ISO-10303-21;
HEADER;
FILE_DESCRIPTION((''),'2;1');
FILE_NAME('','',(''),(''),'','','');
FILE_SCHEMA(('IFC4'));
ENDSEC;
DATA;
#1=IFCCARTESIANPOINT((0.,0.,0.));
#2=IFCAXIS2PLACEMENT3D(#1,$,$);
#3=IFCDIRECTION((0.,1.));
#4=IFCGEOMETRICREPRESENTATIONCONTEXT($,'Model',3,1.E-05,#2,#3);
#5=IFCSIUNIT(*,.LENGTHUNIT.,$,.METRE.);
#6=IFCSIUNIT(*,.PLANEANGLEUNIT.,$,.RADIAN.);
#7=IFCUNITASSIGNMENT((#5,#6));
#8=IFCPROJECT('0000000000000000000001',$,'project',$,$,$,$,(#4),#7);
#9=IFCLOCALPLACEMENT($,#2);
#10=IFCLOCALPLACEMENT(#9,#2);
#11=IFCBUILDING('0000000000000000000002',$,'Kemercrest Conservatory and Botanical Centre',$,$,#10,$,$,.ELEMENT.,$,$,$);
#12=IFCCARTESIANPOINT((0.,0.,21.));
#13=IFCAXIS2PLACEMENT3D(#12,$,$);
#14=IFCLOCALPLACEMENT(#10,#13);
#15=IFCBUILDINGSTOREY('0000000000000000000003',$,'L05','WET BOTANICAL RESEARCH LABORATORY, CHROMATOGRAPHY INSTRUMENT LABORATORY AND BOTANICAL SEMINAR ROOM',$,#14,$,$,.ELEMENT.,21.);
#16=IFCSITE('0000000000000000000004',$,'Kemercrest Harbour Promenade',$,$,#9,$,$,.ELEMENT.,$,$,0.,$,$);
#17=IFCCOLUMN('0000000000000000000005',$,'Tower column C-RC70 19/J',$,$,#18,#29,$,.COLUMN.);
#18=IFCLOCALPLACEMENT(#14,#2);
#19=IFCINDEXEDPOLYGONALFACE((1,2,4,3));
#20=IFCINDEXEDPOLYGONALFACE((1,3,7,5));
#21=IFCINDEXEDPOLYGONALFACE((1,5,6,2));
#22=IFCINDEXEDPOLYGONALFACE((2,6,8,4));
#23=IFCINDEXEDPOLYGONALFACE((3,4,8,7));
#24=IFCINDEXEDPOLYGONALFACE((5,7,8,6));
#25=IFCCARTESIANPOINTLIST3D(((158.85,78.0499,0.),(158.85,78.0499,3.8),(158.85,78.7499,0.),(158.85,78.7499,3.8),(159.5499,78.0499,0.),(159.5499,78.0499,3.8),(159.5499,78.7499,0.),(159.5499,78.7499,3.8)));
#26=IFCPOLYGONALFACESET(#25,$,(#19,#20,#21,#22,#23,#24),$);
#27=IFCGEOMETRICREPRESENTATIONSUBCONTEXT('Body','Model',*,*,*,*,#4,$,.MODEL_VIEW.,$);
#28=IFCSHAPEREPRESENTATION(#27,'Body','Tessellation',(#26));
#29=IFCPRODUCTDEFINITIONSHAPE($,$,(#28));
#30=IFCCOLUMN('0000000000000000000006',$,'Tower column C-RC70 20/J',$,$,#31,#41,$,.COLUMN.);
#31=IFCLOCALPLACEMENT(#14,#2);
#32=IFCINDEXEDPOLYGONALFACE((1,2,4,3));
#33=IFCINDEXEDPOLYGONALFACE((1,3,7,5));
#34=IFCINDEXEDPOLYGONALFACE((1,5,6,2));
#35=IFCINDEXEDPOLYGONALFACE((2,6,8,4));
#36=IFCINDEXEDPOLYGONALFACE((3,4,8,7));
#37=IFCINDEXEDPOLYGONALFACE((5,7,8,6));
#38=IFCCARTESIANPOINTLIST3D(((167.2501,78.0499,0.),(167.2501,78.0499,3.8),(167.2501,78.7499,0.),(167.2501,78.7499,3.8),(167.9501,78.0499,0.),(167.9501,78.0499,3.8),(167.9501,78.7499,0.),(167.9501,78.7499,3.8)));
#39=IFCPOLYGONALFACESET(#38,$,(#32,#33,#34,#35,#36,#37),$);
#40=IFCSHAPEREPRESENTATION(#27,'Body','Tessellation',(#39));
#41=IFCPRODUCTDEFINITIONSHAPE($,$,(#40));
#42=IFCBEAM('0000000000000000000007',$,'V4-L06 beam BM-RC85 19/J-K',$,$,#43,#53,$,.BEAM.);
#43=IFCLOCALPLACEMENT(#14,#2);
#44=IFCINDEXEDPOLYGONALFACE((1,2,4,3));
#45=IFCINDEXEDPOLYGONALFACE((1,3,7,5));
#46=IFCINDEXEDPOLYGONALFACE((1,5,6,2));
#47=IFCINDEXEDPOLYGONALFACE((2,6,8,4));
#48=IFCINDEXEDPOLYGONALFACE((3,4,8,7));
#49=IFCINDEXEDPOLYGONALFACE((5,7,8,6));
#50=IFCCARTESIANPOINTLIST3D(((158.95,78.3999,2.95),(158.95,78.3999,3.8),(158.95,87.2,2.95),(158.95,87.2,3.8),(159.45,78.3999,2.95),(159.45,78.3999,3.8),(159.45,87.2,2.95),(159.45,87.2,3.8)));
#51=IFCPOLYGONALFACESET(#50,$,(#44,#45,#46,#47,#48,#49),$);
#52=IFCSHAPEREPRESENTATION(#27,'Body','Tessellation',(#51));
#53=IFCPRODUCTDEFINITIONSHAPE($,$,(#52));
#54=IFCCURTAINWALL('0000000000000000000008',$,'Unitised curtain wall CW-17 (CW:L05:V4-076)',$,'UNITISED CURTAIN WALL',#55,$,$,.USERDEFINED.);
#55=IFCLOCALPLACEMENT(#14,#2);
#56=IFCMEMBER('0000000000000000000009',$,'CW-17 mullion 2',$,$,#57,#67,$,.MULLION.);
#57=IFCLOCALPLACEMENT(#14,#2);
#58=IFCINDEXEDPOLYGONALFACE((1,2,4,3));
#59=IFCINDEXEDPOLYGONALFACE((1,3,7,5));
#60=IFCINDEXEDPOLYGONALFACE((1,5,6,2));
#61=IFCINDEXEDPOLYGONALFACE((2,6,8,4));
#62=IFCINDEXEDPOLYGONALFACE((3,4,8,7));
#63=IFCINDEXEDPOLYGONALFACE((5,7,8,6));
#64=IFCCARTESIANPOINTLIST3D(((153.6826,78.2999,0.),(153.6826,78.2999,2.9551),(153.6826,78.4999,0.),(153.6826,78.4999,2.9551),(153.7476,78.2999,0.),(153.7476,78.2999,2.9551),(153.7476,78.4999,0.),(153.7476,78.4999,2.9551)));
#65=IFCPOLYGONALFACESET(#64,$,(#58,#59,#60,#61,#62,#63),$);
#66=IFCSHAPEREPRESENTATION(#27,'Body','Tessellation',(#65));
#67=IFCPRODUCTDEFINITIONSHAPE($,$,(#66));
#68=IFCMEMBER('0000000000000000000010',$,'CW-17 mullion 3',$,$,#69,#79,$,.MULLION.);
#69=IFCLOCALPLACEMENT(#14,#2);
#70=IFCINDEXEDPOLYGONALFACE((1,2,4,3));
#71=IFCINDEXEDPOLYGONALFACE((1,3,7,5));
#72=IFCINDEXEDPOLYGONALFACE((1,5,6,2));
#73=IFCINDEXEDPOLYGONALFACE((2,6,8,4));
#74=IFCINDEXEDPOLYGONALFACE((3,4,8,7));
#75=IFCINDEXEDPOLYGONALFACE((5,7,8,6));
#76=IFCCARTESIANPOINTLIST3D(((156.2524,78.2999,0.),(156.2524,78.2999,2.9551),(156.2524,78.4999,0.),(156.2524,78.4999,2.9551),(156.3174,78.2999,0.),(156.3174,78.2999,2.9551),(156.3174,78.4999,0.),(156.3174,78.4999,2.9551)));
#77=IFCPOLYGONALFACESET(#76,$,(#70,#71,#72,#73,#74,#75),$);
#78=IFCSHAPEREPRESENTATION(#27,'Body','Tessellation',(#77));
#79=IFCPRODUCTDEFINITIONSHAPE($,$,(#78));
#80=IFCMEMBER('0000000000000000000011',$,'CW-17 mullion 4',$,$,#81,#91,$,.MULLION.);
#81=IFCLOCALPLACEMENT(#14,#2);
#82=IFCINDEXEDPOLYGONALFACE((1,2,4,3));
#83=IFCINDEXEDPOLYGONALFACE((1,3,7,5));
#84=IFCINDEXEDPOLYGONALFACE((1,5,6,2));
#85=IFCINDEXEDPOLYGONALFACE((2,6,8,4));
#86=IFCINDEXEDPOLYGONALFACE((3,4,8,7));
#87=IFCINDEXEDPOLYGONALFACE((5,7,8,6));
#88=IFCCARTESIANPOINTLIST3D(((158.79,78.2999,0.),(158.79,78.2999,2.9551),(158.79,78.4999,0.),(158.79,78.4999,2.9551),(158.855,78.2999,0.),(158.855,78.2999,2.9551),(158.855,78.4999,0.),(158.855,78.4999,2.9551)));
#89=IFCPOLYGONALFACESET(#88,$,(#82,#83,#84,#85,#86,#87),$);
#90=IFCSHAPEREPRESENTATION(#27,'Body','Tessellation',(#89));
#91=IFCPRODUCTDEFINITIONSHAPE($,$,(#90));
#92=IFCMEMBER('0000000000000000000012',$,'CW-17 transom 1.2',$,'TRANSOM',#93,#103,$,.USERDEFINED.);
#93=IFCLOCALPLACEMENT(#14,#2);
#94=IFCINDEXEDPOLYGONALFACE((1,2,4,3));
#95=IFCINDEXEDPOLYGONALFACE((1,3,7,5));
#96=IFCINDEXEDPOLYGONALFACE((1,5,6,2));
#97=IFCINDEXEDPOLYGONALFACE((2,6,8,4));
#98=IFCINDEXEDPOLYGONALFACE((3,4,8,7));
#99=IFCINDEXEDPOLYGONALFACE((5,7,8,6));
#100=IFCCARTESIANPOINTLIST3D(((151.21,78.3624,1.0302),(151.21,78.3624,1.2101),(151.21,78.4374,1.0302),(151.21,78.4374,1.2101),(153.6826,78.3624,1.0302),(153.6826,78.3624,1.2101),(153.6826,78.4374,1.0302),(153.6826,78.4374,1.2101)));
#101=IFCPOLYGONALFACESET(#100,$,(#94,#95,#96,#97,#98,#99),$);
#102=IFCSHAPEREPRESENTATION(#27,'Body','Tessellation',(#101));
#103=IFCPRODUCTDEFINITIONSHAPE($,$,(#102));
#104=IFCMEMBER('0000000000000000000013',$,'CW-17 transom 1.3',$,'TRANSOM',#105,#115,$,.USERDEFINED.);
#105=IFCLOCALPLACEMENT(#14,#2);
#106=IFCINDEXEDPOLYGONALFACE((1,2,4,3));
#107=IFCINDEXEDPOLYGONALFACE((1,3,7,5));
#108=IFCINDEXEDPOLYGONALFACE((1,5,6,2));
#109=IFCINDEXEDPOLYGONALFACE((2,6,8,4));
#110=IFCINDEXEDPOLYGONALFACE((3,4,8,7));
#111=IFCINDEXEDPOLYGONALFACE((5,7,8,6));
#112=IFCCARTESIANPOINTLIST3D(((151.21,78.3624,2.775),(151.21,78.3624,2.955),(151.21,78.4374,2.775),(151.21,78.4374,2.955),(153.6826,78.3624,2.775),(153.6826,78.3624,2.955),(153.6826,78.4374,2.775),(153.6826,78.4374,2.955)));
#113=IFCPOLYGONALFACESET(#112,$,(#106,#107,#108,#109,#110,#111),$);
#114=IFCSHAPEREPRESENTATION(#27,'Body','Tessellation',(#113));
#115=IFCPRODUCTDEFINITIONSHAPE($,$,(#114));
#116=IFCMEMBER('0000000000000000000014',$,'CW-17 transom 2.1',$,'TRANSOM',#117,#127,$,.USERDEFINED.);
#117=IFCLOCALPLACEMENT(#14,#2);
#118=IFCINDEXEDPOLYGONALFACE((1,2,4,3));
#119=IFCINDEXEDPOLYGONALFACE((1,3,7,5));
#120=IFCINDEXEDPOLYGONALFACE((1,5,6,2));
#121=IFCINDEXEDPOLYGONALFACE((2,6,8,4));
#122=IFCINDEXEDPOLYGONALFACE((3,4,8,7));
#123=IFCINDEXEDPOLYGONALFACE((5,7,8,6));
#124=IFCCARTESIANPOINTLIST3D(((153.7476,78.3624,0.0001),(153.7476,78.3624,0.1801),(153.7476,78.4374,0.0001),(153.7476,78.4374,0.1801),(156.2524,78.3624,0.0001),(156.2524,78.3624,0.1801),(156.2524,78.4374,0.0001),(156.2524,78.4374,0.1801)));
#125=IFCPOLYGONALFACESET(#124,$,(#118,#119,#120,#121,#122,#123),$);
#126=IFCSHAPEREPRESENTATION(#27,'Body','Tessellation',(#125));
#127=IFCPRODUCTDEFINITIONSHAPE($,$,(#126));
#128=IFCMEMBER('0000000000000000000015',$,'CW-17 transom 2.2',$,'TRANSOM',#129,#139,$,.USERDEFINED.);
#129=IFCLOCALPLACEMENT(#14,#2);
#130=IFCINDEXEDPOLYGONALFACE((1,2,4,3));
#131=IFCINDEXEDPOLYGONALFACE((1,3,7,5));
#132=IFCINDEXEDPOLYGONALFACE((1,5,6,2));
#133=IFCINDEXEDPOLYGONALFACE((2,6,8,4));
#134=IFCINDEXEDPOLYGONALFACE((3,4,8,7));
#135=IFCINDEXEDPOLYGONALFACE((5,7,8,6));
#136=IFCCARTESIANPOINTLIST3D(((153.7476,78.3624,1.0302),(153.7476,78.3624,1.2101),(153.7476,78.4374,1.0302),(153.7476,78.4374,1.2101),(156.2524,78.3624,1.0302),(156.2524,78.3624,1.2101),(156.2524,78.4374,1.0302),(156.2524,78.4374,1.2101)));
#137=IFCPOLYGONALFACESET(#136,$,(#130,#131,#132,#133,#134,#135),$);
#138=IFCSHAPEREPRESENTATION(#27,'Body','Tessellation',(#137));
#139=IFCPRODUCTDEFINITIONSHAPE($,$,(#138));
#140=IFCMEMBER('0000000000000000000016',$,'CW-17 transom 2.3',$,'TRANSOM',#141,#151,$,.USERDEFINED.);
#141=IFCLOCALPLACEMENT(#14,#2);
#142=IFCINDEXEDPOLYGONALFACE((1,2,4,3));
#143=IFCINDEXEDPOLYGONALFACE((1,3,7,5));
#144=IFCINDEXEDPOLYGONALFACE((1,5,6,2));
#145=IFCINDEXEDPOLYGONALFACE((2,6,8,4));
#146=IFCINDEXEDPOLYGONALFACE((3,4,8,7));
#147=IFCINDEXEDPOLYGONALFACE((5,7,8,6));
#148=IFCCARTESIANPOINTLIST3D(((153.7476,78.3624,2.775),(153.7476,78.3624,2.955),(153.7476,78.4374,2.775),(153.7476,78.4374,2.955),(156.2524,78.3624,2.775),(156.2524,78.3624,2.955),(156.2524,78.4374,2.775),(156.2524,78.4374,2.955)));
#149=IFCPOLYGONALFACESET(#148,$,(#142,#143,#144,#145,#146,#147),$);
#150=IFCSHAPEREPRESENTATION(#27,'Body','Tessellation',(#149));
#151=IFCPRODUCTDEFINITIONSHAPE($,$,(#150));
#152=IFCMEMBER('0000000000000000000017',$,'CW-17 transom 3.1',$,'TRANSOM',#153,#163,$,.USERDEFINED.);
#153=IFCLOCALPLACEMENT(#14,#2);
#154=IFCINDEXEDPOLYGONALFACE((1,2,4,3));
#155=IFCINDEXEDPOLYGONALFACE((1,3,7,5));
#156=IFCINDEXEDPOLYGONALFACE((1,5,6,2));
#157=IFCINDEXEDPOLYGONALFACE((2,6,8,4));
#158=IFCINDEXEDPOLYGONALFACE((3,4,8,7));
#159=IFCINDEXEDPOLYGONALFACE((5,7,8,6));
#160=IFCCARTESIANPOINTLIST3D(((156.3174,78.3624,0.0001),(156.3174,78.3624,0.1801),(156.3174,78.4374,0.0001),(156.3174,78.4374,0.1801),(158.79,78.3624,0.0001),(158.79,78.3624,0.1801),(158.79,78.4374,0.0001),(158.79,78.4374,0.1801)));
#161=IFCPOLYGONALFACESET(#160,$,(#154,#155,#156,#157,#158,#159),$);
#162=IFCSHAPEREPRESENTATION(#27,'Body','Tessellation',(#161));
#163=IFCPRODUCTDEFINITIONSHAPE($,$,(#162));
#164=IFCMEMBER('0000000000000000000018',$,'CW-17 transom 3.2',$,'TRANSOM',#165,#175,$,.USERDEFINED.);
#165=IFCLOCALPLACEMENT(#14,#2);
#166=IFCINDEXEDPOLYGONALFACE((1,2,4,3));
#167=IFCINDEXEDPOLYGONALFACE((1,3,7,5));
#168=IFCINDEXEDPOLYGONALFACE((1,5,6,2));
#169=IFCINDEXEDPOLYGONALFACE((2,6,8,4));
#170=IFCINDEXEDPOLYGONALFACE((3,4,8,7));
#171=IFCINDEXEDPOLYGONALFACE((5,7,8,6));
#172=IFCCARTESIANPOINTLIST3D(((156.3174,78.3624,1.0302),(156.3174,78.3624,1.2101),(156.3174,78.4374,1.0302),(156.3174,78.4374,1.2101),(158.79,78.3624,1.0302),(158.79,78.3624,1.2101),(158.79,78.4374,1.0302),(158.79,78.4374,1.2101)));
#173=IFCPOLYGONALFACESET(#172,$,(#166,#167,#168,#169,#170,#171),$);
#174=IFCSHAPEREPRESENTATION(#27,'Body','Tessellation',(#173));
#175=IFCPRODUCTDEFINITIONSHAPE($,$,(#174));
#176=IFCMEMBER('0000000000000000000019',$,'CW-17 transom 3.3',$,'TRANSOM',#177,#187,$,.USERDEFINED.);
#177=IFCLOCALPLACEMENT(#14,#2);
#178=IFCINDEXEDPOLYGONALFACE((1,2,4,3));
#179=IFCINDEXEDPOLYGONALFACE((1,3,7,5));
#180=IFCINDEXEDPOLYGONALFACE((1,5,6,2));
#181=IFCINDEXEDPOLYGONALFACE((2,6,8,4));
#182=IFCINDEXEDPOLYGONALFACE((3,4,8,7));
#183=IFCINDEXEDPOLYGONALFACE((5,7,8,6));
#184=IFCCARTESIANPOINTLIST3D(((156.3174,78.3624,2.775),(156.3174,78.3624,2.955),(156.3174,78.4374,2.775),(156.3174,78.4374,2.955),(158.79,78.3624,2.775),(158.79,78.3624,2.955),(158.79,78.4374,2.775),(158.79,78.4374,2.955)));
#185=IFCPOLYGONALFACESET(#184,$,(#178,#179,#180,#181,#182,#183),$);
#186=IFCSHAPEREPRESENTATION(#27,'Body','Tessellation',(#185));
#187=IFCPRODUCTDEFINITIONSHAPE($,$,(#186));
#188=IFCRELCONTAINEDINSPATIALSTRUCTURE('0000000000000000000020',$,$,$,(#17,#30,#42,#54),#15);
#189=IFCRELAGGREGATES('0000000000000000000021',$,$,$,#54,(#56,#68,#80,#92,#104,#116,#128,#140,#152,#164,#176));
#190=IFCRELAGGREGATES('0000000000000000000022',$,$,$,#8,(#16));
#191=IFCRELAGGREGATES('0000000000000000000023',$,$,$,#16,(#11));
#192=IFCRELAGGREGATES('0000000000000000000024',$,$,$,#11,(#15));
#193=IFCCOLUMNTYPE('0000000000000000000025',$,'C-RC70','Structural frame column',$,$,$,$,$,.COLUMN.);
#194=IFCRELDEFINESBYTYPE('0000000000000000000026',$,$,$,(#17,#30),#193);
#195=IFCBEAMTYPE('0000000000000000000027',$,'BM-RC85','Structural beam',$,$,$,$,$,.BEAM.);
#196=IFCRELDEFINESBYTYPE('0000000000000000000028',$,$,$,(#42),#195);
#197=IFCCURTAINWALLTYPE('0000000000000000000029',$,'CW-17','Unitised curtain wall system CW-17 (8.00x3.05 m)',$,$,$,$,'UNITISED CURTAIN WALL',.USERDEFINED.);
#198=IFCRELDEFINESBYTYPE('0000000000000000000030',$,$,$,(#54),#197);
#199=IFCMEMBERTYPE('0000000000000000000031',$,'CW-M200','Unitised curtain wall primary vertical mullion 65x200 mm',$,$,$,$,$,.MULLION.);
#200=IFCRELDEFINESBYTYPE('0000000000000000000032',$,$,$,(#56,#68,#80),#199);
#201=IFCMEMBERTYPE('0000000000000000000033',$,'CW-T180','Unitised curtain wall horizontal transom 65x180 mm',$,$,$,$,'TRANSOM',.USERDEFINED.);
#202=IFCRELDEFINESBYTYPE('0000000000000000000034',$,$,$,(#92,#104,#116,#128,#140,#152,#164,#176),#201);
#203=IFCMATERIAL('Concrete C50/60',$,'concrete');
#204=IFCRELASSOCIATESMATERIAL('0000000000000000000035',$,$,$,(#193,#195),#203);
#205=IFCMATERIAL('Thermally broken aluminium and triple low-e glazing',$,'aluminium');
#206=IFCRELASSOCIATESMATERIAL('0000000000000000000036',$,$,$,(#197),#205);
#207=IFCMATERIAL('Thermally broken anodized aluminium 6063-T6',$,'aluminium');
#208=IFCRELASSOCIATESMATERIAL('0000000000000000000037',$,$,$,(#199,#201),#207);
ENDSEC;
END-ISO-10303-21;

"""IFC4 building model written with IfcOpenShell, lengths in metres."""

from ifc_helpers import new_model, si_unit, direction, frame, origin, origin_2d, place, context, subcontext, project, spatial, rectangle, extrude, material, material_profile, profile_set, type_object, element, aggregate, save


model = new_model("IFC4")

# Units and contexts
model_context = context("Model", 3, precision=1e-05, world=origin(), true_north=direction((0.0, 1.0)))
body_context = subcontext(model_context, "Body", "Model", "MODEL_VIEW")
ifc_project = project(units=[si_unit("LENGTHUNIT", "METRE"), si_unit("PLANEANGLEUNIT", "RADIAN")], contexts=[model_context])

# Site, building, storey
site_placement = place(None, origin())
site = spatial("IfcSite", under=ifc_project, at=site_placement, Name="Kemercrest Harbour Promenade", CompositionType="ELEMENT", RefElevation=0.0)
building_placement = place(site_placement, origin())
building = spatial("IfcBuilding", under=site, at=building_placement, Name="Kemercrest Conservatory and Botanical Centre", CompositionType="ELEMENT")
storey_placement = place(building_placement, frame((0.0, 0.0, 21.0)))
storey = spatial("IfcBuildingStorey", under=building, at=storey_placement, Name="L05", Description="WET BOTANICAL RESEARCH LABORATORY, CHROMATOGRAPHY INSTRUMENT LABORATORY AND BOTANICAL SEMINAR ROOM", CompositionType="ELEMENT", Elevation=21.0)

# Columns
ifc_material_1 = material(Name="Concrete C50/60", Category="concrete")
ifc_material_profile_1 = material_profile(ifc_material_1, rectangle(XDim=0.7, YDim=0.7, at=origin_2d()), Name="RC 700x700")
ifc_profile_set_1 = profile_set([ifc_material_profile_1], Name="Concrete C50/60")
column_type = type_object("IfcColumnType", Name="C-RC70", Description="Structural frame column", PredefinedType="COLUMN", material=ifc_profile_set_1)
for number, where, z_axis, x_axis, name in (
    (1, (159.2, 78.3999, 0.0), (0.0, 0.0, 1.0), (1.0, 0.0, 0.0), "Tower column C-RC70 19/J"),
    (2, (167.6001, 78.3999, 0.0), (0.0, 0.0, 1.0), (1.0, 0.0, 0.0), "Tower column C-RC70 20/J"),
):
    element("IfcColumn", number, at=place(storey_placement, frame(where, z_axis=z_axis, x_axis=x_axis)), inside=storey, type_object=column_type, Name=name, PredefinedType="COLUMN", context=body_context, shape_type="SweptSolid", body=[
        extrude(rectangle(XDim=0.7, YDim=0.7, at=origin_2d()), origin(), (0.0, 0.0, 1.0), 3.8),
    ])

# Beam
ifc_material_profile_2 = material_profile(ifc_material_1, rectangle(XDim=0.5, YDim=0.8501, at=origin_2d()), Name="RC 500x850")
ifc_profile_set_2 = profile_set([ifc_material_profile_2], Name="Concrete C50/60")
beam_type_1 = type_object("IfcBeamType", Name="BM-RC85", Description="Structural beam", PredefinedType="BEAM", material=ifc_profile_set_2)
beam_1_placement = place(storey_placement, frame((159.2, 78.3999, 3.375), z_axis=(0.0, 1.0, 0.0), x_axis=(-1.0, 0.0, 0.0)))
element("IfcBeam", 3, at=beam_1_placement, inside=storey, type_object=beam_type_1, Name="V4-L06 beam BM-RC85 19/J-K", PredefinedType="BEAM", context=body_context, shape_type="SweptSolid", body=[
    extrude(rectangle(XDim=0.5, YDim=0.8501, at=origin_2d()), origin(), (0.0, 0.0, 1.0), 8.8),
])

# Curtain wall, members
ifc_material_2 = material(Name="Thermally broken aluminium and triple low-e glazing", Category="aluminium")
curtain_wall_type = type_object("IfcCurtainWallType", Name="CW-17", Description="Unitised curtain wall system CW-17 (8.00x3.05 m)", ElementType="UNITISED CURTAIN WALL", PredefinedType="USERDEFINED", material=ifc_material_2)
curtain_wall_placement = place(storey_placement, origin())
curtain_wall = element("IfcCurtainWall", 4, at=curtain_wall_placement, inside=storey, type_object=curtain_wall_type, Name="Unitised curtain wall CW-17 (CW:L05:V4-076)", ObjectType="UNITISED CURTAIN WALL", PredefinedType="USERDEFINED")
ifc_material_3 = material(Name="Thermally broken anodized aluminium 6063-T6", Category="aluminium")
ifc_material_profile_3 = material_profile(ifc_material_3, rectangle(XDim=0.2, YDim=0.0649, at=origin_2d()), Name="AL MULLION 65x200")
ifc_profile_set_3 = profile_set([ifc_material_profile_3], Name="Thermally broken anodized aluminium 6063-T6")
member_type_1 = type_object("IfcMemberType", Name="CW-M200", Description="Unitised curtain wall primary vertical mullion 65x200 mm", PredefinedType="MULLION", material=ifc_profile_set_3)
member_1_placement = place(storey_placement, frame((153.7151, 78.3999, 0.0), z_axis=(0.0, 0.0, 1.0), x_axis=(0.0, 1.0, 0.0)))
member_1 = element("IfcMember", 5, at=member_1_placement, type_object=member_type_1, Name="CW-17 mullion 2", PredefinedType="MULLION", context=body_context, shape_type="SweptSolid", body=[
    extrude(rectangle(XDim=0.2, YDim=0.0649, at=origin_2d()), origin(), (0.0, 0.0, 1.0), 2.9551),
])
member_2_placement = place(storey_placement, frame((156.2849, 78.3999, 0.0), z_axis=(0.0, 0.0, 1.0), x_axis=(0.0, 1.0, 0.0)))
member_2 = element("IfcMember", 6, at=member_2_placement, type_object=member_type_1, Name="CW-17 mullion 3", PredefinedType="MULLION", context=body_context, shape_type="SweptSolid", body=[
    extrude(rectangle(XDim=0.2, YDim=0.0649, at=origin_2d()), origin(), (0.0, 0.0, 1.0), 2.9551),
])
member_3_placement = place(storey_placement, frame((158.8225, 78.3999, 0.0), z_axis=(0.0, 0.0, 1.0), x_axis=(0.0, 1.0, 0.0)))
member_3 = element("IfcMember", 7, at=member_3_placement, type_object=member_type_1, Name="CW-17 mullion 4", PredefinedType="MULLION", context=body_context, shape_type="SweptSolid", body=[
    extrude(rectangle(XDim=0.2, YDim=0.0649, at=origin_2d()), origin(), (0.0, 0.0, 1.0), 2.9551),
])
ifc_material_profile_4 = material_profile(ifc_material_3, rectangle(XDim=0.075, YDim=0.1799, at=origin_2d()), Name="AL TRANSOM 75x180")
ifc_profile_set_4 = profile_set([ifc_material_profile_4], Name="Thermally broken anodized aluminium 6063-T6")
member_type_2 = type_object("IfcMemberType", Name="CW-T180", Description="Unitised curtain wall horizontal transom 65x180 mm", ElementType="TRANSOM", PredefinedType="USERDEFINED", material=ifc_profile_set_4)
member_4_placement = place(storey_placement, frame((151.21, 78.3999, 1.1201), z_axis=(1.0, 0.0, 0.0), x_axis=(0.0, 1.0, 0.0)))
member_4 = element("IfcMember", 8, at=member_4_placement, type_object=member_type_2, Name="CW-17 transom 1.2", ObjectType="TRANSOM", PredefinedType="USERDEFINED", context=body_context, shape_type="SweptSolid", body=[
    extrude(rectangle(XDim=0.075, YDim=0.1799, at=origin_2d()), origin(), (0.0, 0.0, 1.0), 2.4727),
])
member_5_placement = place(storey_placement, frame((151.21, 78.3999, 2.865), z_axis=(1.0, 0.0, 0.0), x_axis=(0.0, 1.0, 0.0)))
member_5 = element("IfcMember", 9, at=member_5_placement, type_object=member_type_2, Name="CW-17 transom 1.3", ObjectType="TRANSOM", PredefinedType="USERDEFINED", context=body_context, shape_type="SweptSolid", body=[
    extrude(rectangle(XDim=0.075, YDim=0.1799, at=origin_2d()), origin(), (0.0, 0.0, 1.0), 2.4727),
])
member_6_placement = place(storey_placement, frame((153.7476, 78.3999, 0.0901), z_axis=(1.0, 0.0, 0.0), x_axis=(0.0, 1.0, 0.0)))
member_6 = element("IfcMember", 10, at=member_6_placement, type_object=member_type_2, Name="CW-17 transom 2.1", ObjectType="TRANSOM", PredefinedType="USERDEFINED", context=body_context, shape_type="SweptSolid", body=[
    extrude(rectangle(XDim=0.075, YDim=0.1799, at=origin_2d()), origin(), (0.0, 0.0, 1.0), 2.5049),
])
member_7_placement = place(storey_placement, frame((153.7476, 78.3999, 1.1201), z_axis=(1.0, 0.0, 0.0), x_axis=(0.0, 1.0, 0.0)))
member_7 = element("IfcMember", 11, at=member_7_placement, type_object=member_type_2, Name="CW-17 transom 2.2", ObjectType="TRANSOM", PredefinedType="USERDEFINED", context=body_context, shape_type="SweptSolid", body=[
    extrude(rectangle(XDim=0.075, YDim=0.1799, at=origin_2d()), origin(), (0.0, 0.0, 1.0), 2.5049),
])
member_8_placement = place(storey_placement, frame((153.7476, 78.3999, 2.865), z_axis=(1.0, 0.0, 0.0), x_axis=(0.0, 1.0, 0.0)))
member_8 = element("IfcMember", 12, at=member_8_placement, type_object=member_type_2, Name="CW-17 transom 2.3", ObjectType="TRANSOM", PredefinedType="USERDEFINED", context=body_context, shape_type="SweptSolid", body=[
    extrude(rectangle(XDim=0.075, YDim=0.1799, at=origin_2d()), origin(), (0.0, 0.0, 1.0), 2.5049),
])
member_9_placement = place(storey_placement, frame((156.3174, 78.3999, 0.0901), z_axis=(1.0, 0.0, 0.0), x_axis=(0.0, 1.0, 0.0)))
member_9 = element("IfcMember", 13, at=member_9_placement, type_object=member_type_2, Name="CW-17 transom 3.1", ObjectType="TRANSOM", PredefinedType="USERDEFINED", context=body_context, shape_type="SweptSolid", body=[
    extrude(rectangle(XDim=0.075, YDim=0.1799, at=origin_2d()), origin(), (0.0, 0.0, 1.0), 2.4727),
])
member_10_placement = place(storey_placement, frame((156.3174, 78.3999, 1.1201), z_axis=(1.0, 0.0, 0.0), x_axis=(0.0, 1.0, 0.0)))
member_10 = element("IfcMember", 14, at=member_10_placement, type_object=member_type_2, Name="CW-17 transom 3.2", ObjectType="TRANSOM", PredefinedType="USERDEFINED", context=body_context, shape_type="SweptSolid", body=[
    extrude(rectangle(XDim=0.075, YDim=0.1799, at=origin_2d()), origin(), (0.0, 0.0, 1.0), 2.4727),
])
member_11_placement = place(storey_placement, frame((156.3174, 78.3999, 2.865), z_axis=(1.0, 0.0, 0.0), x_axis=(0.0, 1.0, 0.0)))
member_11 = element("IfcMember", 15, at=member_11_placement, type_object=member_type_2, Name="CW-17 transom 3.3", ObjectType="TRANSOM", PredefinedType="USERDEFINED", context=body_context, shape_type="SweptSolid", body=[
    extrude(rectangle(XDim=0.075, YDim=0.1799, at=origin_2d()), origin(), (0.0, 0.0, 1.0), 2.4727),
])

aggregate(curtain_wall, [member_1, member_2, member_3, member_4, member_5, member_6, member_7, member_8, member_9, member_10, member_11])

save(model, "model.ifc")
